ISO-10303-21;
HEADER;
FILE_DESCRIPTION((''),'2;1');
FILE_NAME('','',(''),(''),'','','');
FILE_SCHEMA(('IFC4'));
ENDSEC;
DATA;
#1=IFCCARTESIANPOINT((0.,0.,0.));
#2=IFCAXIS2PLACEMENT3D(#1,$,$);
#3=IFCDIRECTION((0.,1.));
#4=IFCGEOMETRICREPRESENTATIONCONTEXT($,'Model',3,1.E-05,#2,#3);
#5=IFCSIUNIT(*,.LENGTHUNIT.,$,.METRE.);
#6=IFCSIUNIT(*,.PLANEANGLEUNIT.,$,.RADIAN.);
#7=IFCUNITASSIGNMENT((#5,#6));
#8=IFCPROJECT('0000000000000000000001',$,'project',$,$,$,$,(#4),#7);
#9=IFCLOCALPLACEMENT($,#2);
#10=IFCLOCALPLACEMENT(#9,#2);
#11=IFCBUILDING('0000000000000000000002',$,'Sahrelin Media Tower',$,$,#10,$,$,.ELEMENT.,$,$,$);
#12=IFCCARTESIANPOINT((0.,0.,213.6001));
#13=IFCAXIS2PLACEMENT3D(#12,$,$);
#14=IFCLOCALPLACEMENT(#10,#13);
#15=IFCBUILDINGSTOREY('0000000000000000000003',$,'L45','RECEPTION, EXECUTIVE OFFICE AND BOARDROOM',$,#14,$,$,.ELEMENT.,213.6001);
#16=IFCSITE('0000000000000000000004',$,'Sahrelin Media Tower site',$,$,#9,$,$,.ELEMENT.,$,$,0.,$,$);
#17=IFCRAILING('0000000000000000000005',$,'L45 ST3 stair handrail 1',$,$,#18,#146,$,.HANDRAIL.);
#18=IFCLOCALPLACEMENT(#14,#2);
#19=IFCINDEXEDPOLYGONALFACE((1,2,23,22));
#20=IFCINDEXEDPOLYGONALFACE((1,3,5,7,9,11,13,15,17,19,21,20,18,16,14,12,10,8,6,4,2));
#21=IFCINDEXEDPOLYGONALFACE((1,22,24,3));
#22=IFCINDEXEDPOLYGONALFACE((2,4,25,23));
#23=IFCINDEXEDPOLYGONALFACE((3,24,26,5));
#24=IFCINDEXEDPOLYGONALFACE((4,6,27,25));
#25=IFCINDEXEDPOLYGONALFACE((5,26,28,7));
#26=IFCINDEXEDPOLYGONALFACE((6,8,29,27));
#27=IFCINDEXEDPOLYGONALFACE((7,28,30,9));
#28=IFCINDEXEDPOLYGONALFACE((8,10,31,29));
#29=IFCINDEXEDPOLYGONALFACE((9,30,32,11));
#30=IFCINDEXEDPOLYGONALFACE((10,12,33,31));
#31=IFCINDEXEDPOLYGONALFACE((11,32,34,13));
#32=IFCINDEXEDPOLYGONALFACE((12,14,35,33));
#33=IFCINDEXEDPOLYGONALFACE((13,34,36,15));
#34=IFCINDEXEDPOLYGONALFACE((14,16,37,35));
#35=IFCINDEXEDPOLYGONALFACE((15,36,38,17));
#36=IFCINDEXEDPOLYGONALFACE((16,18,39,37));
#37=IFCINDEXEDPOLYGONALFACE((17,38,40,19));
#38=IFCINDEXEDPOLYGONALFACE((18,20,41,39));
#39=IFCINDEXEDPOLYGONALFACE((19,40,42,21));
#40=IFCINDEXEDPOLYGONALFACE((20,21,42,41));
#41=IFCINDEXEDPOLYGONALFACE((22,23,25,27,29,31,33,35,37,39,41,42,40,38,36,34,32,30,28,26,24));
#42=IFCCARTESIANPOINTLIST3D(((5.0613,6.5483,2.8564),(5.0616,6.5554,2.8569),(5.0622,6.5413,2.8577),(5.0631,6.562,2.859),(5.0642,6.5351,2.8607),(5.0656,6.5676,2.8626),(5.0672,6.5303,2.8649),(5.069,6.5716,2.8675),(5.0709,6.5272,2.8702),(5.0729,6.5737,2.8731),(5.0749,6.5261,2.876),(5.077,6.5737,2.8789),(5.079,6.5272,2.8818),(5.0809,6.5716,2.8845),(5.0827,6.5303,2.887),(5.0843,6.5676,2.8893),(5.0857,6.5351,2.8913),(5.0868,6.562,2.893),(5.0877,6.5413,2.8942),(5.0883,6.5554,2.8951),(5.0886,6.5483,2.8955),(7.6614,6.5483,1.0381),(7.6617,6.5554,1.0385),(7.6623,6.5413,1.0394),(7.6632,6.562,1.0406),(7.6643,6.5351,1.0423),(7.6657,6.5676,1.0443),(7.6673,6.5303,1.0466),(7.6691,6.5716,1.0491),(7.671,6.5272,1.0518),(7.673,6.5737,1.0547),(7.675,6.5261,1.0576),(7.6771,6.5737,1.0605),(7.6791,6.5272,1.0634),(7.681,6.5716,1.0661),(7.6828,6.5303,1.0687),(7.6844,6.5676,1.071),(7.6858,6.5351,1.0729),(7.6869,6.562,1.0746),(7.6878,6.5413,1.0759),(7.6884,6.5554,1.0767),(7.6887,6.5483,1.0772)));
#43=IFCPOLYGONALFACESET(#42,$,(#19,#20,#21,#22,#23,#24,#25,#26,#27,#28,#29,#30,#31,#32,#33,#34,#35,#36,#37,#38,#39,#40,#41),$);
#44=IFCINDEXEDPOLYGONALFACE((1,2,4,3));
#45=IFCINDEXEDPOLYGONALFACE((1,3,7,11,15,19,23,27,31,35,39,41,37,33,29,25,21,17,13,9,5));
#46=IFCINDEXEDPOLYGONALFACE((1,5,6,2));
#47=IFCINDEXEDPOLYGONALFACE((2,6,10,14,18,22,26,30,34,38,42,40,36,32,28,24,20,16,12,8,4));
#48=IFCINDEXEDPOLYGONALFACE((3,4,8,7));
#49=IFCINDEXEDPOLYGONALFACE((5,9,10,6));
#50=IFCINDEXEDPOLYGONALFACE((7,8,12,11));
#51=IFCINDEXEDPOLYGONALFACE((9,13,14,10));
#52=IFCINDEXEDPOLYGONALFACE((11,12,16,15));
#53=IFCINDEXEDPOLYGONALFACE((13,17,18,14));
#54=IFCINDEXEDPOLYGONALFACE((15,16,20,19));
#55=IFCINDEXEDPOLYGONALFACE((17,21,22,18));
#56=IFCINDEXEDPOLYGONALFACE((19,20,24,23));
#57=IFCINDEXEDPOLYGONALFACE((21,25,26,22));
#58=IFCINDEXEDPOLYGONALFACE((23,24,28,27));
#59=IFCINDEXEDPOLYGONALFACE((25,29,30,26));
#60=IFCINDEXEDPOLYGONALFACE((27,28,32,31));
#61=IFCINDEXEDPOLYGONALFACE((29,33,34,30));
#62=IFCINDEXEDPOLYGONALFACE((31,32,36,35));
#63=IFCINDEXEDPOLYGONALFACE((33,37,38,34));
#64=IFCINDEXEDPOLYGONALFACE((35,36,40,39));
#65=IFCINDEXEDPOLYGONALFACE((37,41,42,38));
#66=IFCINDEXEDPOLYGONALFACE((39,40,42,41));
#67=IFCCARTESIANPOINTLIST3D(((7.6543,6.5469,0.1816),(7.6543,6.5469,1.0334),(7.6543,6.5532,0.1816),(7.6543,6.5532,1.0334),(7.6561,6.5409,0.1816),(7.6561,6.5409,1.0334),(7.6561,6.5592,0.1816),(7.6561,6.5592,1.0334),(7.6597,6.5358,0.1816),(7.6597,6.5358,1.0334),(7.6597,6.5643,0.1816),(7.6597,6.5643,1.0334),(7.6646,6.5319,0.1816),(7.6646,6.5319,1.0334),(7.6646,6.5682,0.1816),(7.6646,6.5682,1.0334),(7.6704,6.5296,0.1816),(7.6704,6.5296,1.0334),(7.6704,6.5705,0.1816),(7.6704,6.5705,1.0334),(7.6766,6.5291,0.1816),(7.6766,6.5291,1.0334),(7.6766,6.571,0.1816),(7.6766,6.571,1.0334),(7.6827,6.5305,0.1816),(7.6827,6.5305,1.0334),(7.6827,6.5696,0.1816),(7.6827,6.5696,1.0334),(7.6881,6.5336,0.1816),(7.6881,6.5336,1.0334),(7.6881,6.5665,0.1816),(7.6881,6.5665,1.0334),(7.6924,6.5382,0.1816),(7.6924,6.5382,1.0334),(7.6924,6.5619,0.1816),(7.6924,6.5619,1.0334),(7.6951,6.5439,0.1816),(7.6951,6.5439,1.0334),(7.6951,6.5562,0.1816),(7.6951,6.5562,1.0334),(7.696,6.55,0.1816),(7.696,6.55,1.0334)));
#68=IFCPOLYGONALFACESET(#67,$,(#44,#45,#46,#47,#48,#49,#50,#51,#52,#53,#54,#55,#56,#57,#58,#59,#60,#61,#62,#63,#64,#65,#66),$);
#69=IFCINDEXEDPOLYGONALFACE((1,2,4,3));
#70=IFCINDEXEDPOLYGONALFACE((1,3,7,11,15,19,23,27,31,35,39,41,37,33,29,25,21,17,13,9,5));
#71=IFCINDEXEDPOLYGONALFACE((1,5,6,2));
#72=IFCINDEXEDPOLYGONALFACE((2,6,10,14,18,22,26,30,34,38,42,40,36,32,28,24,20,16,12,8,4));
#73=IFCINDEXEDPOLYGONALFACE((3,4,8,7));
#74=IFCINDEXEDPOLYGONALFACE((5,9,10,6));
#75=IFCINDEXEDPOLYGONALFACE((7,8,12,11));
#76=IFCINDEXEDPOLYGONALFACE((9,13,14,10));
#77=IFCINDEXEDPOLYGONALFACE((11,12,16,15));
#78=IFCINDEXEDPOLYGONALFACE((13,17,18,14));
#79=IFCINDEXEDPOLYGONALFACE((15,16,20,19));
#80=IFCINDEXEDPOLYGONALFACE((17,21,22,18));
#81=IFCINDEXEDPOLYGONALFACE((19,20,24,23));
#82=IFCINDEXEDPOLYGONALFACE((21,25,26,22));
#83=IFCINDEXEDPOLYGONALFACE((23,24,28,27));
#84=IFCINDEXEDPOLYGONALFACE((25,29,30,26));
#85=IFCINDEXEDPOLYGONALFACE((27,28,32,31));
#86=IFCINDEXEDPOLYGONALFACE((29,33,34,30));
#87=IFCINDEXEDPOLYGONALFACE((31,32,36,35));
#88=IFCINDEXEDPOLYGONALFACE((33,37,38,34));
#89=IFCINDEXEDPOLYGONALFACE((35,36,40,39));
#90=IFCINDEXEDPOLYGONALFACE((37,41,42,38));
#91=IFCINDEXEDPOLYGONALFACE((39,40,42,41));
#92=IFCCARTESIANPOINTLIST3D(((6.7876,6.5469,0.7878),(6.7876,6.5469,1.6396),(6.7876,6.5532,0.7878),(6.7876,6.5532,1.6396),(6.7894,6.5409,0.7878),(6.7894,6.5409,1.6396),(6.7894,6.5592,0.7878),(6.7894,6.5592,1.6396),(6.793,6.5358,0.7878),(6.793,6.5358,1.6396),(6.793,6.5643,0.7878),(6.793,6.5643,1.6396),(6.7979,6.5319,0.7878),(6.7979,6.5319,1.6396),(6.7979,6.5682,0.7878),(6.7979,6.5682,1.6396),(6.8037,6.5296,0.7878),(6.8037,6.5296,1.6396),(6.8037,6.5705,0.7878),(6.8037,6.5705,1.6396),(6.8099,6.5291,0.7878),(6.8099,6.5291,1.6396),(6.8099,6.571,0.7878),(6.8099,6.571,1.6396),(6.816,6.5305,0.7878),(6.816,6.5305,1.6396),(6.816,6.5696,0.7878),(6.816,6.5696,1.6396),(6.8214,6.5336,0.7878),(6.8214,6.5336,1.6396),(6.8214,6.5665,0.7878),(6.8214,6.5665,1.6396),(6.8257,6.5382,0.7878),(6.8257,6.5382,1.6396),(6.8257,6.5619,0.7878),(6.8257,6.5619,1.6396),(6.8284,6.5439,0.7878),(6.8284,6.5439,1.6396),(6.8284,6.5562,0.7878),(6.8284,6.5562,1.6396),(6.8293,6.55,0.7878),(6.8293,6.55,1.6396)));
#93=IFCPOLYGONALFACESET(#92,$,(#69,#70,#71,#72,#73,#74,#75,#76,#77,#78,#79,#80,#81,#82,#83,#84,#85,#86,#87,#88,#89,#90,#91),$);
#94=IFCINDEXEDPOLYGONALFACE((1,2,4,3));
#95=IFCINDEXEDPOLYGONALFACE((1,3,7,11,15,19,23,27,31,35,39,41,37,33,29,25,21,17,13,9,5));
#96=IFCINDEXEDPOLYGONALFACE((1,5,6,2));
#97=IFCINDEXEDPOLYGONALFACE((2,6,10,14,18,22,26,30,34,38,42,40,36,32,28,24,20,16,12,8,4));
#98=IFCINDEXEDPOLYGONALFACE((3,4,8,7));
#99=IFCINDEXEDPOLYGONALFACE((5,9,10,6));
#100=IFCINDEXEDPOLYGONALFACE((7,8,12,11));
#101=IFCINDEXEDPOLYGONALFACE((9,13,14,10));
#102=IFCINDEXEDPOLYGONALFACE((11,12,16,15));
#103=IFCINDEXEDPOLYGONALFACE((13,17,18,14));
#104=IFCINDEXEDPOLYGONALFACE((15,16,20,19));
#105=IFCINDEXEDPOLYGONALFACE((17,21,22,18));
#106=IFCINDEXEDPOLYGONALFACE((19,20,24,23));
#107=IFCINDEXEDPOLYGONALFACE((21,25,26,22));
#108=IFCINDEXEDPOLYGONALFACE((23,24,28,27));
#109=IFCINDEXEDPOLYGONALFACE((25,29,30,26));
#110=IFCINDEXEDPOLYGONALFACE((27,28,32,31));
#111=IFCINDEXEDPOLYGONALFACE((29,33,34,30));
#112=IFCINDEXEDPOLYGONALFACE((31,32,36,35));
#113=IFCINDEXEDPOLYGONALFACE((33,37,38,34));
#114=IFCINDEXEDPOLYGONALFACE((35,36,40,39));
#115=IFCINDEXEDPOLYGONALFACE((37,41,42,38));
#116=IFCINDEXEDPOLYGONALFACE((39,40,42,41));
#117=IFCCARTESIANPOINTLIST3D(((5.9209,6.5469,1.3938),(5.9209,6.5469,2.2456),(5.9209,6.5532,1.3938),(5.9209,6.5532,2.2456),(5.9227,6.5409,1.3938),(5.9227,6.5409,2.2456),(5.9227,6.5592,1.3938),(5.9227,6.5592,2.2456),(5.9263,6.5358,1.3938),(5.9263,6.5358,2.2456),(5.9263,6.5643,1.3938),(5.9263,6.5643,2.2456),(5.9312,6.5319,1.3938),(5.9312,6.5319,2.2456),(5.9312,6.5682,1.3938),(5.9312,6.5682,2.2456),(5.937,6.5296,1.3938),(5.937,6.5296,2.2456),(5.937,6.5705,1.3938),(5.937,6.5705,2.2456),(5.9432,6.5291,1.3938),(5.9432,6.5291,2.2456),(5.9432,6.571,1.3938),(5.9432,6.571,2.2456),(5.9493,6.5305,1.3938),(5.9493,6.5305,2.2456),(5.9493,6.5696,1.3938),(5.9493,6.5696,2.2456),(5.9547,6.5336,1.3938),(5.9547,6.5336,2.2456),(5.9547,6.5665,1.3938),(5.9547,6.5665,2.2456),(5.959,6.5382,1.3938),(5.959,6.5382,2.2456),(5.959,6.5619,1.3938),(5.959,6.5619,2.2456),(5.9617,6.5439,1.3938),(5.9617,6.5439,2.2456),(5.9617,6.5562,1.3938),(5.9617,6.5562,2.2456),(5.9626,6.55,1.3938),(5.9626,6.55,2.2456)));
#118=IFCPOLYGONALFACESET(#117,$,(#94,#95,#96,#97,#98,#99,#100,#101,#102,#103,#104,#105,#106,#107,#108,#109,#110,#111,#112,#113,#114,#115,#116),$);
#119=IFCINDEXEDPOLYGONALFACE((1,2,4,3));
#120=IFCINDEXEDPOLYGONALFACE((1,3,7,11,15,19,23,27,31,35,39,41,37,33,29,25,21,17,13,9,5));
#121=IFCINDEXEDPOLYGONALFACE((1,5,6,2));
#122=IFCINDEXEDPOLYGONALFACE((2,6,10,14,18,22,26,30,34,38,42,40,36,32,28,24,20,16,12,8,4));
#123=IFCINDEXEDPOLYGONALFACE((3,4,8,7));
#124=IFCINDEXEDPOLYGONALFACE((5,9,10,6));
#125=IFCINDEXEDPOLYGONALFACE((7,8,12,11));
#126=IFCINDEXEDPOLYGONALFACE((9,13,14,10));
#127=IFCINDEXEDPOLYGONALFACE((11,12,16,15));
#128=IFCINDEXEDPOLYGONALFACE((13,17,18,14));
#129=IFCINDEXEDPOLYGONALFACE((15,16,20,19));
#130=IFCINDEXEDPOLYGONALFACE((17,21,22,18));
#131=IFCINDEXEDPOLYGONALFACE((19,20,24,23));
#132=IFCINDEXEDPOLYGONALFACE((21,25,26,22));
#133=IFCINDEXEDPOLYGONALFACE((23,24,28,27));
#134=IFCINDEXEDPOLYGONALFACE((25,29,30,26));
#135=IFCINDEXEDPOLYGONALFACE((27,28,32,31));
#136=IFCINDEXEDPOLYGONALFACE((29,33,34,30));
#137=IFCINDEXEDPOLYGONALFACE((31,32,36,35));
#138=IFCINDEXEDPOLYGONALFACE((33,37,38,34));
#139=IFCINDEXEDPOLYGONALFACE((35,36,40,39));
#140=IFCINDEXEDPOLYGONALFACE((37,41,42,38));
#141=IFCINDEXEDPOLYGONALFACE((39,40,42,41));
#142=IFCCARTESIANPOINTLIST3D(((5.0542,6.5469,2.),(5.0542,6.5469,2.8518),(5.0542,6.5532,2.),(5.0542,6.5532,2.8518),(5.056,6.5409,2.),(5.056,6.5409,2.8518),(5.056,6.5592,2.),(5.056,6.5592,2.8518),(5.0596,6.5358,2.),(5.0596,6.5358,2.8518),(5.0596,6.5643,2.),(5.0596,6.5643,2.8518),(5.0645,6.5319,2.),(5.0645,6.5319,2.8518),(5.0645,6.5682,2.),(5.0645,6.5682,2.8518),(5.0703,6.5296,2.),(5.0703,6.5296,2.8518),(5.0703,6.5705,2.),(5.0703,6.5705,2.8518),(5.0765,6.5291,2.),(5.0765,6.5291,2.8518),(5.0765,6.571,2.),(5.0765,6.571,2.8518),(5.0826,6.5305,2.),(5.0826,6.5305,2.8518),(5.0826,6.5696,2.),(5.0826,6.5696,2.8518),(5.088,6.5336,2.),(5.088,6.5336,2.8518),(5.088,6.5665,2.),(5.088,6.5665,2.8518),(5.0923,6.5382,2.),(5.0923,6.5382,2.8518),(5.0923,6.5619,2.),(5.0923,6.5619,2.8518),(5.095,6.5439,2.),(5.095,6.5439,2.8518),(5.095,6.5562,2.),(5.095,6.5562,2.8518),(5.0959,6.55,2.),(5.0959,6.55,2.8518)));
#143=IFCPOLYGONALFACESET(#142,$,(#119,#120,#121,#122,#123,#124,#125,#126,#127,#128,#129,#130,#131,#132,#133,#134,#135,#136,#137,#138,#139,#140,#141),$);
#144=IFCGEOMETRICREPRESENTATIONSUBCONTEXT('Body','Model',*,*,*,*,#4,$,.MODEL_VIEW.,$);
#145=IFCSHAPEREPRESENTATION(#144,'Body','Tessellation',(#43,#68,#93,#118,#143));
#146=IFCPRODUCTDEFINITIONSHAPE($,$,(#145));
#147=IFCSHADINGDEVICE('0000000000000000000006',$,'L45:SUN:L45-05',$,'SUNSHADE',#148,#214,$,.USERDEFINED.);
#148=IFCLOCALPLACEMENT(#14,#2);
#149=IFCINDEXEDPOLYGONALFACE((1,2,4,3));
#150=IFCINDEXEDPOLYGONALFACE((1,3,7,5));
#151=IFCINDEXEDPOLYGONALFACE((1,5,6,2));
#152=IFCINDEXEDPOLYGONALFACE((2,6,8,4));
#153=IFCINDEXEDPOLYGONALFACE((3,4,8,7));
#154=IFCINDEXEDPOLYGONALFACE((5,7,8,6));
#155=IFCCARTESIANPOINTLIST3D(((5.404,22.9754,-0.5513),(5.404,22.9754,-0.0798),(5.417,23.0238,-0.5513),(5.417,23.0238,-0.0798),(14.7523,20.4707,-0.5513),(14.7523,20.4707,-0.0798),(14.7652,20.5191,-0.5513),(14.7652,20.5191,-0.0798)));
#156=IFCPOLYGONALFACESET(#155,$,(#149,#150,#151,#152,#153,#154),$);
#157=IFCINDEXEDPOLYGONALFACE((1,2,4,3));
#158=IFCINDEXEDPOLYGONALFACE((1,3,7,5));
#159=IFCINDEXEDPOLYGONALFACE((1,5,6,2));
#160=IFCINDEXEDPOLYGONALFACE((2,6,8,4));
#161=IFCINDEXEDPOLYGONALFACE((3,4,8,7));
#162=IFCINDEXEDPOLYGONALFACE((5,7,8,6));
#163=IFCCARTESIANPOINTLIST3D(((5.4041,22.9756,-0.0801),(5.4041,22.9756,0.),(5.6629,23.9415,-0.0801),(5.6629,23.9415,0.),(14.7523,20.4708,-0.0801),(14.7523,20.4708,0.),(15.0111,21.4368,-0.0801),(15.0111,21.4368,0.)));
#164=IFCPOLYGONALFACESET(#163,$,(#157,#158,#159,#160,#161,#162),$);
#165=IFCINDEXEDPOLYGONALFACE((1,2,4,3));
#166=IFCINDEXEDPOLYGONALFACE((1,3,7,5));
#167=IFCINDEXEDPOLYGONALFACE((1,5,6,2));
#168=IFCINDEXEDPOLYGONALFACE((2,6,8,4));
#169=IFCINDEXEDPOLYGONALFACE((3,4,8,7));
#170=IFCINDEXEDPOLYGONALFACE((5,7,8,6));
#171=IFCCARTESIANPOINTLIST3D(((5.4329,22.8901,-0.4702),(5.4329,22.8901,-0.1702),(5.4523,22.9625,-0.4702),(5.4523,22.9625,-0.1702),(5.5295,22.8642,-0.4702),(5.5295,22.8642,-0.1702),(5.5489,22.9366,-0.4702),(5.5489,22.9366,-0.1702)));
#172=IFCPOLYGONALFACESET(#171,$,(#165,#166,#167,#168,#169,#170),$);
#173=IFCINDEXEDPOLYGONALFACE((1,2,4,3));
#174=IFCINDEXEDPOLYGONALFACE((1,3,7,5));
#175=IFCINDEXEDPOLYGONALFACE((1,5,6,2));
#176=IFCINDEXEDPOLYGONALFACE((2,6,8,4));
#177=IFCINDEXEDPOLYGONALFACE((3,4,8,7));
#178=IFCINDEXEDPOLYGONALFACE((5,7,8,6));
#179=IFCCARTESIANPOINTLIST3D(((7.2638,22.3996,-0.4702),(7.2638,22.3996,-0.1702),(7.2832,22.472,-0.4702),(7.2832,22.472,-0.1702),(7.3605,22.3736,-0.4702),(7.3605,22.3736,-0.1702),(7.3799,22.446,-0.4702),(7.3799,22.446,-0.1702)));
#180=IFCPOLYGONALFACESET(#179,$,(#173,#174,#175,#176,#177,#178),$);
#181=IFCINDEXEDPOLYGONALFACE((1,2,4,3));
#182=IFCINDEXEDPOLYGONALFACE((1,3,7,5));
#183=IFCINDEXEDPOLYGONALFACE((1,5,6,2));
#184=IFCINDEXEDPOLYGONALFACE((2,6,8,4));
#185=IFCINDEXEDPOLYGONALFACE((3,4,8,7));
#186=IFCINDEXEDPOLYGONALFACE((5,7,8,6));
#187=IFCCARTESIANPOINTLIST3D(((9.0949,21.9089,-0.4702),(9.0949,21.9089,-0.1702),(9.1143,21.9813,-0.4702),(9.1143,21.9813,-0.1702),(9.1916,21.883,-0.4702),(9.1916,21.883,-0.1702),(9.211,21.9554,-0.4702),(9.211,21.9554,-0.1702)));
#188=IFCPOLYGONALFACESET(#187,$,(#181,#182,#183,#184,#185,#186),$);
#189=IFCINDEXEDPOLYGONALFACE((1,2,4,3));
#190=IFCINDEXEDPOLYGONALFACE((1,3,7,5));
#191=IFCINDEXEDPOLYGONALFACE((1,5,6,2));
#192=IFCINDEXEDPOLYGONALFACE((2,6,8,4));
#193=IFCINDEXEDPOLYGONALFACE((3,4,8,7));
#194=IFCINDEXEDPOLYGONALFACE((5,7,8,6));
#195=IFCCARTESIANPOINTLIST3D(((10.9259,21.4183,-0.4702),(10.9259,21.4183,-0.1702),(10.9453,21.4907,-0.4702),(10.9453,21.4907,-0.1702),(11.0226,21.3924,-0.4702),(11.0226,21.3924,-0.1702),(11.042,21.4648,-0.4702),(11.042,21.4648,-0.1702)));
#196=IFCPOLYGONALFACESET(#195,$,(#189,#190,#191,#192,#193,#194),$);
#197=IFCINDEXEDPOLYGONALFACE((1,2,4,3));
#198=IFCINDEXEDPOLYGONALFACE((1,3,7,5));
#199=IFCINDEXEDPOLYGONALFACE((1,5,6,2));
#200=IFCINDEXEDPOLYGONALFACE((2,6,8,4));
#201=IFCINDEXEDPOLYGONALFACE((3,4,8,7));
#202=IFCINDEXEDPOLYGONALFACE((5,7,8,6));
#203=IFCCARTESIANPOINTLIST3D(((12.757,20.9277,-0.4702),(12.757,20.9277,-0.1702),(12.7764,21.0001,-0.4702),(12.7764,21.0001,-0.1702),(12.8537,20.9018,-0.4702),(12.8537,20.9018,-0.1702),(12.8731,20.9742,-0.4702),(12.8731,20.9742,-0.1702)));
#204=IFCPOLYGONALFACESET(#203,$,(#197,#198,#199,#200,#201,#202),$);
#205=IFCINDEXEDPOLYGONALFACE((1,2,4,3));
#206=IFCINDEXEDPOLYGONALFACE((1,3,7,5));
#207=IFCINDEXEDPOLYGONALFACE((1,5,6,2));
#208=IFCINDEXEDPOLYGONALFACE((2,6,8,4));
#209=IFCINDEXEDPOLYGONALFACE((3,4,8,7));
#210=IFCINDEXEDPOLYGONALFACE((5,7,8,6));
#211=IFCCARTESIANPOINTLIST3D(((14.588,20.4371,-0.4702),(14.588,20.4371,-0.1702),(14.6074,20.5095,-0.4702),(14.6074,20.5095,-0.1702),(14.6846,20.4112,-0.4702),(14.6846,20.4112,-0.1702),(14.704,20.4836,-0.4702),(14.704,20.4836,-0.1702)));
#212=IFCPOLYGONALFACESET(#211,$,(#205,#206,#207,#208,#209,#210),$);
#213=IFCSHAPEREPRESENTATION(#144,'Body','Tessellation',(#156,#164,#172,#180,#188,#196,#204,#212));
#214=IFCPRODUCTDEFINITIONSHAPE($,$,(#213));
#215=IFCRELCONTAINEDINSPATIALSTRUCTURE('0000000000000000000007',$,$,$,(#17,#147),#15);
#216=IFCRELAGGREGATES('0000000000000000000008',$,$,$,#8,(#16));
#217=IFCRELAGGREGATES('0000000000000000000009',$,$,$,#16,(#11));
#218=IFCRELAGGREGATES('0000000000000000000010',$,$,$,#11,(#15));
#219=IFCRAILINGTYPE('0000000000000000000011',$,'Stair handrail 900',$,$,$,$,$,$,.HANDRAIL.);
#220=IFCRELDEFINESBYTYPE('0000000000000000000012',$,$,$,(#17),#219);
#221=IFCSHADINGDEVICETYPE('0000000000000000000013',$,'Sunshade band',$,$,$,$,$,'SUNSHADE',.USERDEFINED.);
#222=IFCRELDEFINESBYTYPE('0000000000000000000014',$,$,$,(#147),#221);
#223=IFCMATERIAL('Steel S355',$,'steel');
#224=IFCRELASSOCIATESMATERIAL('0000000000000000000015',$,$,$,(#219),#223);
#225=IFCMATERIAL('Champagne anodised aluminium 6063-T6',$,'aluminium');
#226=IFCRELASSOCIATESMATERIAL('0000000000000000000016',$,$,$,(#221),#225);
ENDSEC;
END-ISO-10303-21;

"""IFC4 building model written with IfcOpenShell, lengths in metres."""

from ifc_helpers import new_model, si_unit, direction, frame, origin, origin_2d, place, context, subcontext, project, spatial, rectangle, circle, extrude, material, type_object, element, save


model = new_model("IFC4")

# Units and contexts
model_context = context("Model", 3, precision=1e-05, world=origin(), true_north=direction((0.0, 1.0)))
body_context = subcontext(model_context, "Body", "Model", "MODEL_VIEW")
ifc_project = project(units=[si_unit("LENGTHUNIT", "METRE"), si_unit("PLANEANGLEUNIT", "RADIAN")], contexts=[model_context])

# Site, building, storey
site_placement = place(None, origin())
site = spatial("IfcSite", under=ifc_project, at=site_placement, Name="Sahrelin Media Tower site", CompositionType="ELEMENT", RefElevation=0.0)
building_placement = place(site_placement, origin())
building = spatial("IfcBuilding", under=site, at=building_placement, Name="Sahrelin Media Tower", CompositionType="ELEMENT")
storey_placement = place(building_placement, frame((0.0, 0.0, 213.6001)))
storey = spatial("IfcBuildingStorey", under=building, at=storey_placement, Name="L45", Description="RECEPTION, EXECUTIVE OFFICE AND BOARDROOM", CompositionType="ELEMENT", Elevation=213.6001)

# Shared definitions
ifc_material_1 = material(Name="Steel S355", Category="steel")

# Shared definitions
ifc_material_2 = material(Name="Champagne anodised aluminium 6063-T6", Category="aluminium")

# Shared definitions
placement_1 = place(storey_placement, frame((10.073, 21.7039, 0.0), z_axis=(0.0, 0.0, 1.0), x_axis=(0.965929, -0.258808, 0.0)))

# Railing
railing_type = type_object("IfcRailingType", Name="Stair handrail 900", PredefinedType="HANDRAIL", material=ifc_material_1)
railing_placement = place(storey_placement, frame((7.675, 6.55, 0.1816)))
element("IfcRailing", 1, at=railing_placement, inside=storey, type_object=railing_type, Name="L45 ST3 stair handrail 1", PredefinedType="HANDRAIL", context=body_context, shape_type="SweptSolid", body=[
    extrude(circle(Radius=0.0239, at=origin_2d()), frame((0.0, 0.0, 0.876), z_axis=(-0.819485, 0.0, 0.573101), x_axis=(0.0, -1.0, 0.0)), (0.0, 0.0, 1.0), 3.1729),
    extrude(circle(Radius=0.021, at=origin_2d()), origin(), (0.0, 0.0, 1.0), 0.8518),
    extrude(circle(Radius=0.021, at=origin_2d()), frame((-0.8667, 0.0, 0.6062)), (0.0, 0.0, 1.0), 0.8518),
    extrude(circle(Radius=0.021, at=origin_2d()), frame((-1.7334, 0.0, 1.2122)), (0.0, 0.0, 1.0), 0.8518),
    extrude(circle(Radius=0.021, at=origin_2d()), frame((-2.6001, 0.0, 1.8184)), (0.0, 0.0, 1.0), 0.8518),
])

# Shading device
shading_device_type_1 = type_object("IfcShadingDeviceType", Name="Sunshade band", ElementType="SUNSHADE", PredefinedType="USERDEFINED", material=ifc_material_2)
element("IfcShadingDevice", 2, at=placement_1, inside=storey, type_object=shading_device_type_1, Name="L45:SUN:L45-05", ObjectType="SUNSHADE", PredefinedType="USERDEFINED", context=body_context, shape_type="SweptSolid", body=[
    extrude(rectangle(XDim=9.678, YDim=0.05, at=origin_2d()), frame((0.0, 0.0449, -0.5513)), (0.0, 0.0, 1.0), 0.4714),
    extrude(rectangle(XDim=9.678, YDim=1.0, at=origin_2d()), frame((0.0, 0.52, -0.0801)), (0.0, 0.0, 1.0), 0.0801),
    extrude(rectangle(XDim=0.1001, YDim=0.075, at=origin_2d()), frame((-4.739, -0.0176, -0.4702)), (0.0, 0.0, 1.0), 0.3),
    extrude(rectangle(XDim=0.1001, YDim=0.075, at=origin_2d()), frame((-2.8435, -0.0176, -0.4702)), (0.0, 0.0, 1.0), 0.3),
    extrude(rectangle(XDim=0.1001, YDim=0.075, at=origin_2d()), frame((-0.9478, -0.0176, -0.4702)), (0.0, 0.0, 1.0), 0.3),
    extrude(rectangle(XDim=0.1001, YDim=0.075, at=origin_2d()), frame((0.9478, -0.0176, -0.4702)), (0.0, 0.0, 1.0), 0.3),
    extrude(rectangle(XDim=0.1001, YDim=0.075, at=origin_2d()), frame((2.8435, -0.0176, -0.4702)), (0.0, 0.0, 1.0), 0.3),
    extrude(rectangle(XDim=0.1001, YDim=0.075, at=origin_2d()), frame((4.739, -0.0176, -0.4702)), (0.0, 0.0, 1.0), 0.3),
])

save(model, "model.ifc")
